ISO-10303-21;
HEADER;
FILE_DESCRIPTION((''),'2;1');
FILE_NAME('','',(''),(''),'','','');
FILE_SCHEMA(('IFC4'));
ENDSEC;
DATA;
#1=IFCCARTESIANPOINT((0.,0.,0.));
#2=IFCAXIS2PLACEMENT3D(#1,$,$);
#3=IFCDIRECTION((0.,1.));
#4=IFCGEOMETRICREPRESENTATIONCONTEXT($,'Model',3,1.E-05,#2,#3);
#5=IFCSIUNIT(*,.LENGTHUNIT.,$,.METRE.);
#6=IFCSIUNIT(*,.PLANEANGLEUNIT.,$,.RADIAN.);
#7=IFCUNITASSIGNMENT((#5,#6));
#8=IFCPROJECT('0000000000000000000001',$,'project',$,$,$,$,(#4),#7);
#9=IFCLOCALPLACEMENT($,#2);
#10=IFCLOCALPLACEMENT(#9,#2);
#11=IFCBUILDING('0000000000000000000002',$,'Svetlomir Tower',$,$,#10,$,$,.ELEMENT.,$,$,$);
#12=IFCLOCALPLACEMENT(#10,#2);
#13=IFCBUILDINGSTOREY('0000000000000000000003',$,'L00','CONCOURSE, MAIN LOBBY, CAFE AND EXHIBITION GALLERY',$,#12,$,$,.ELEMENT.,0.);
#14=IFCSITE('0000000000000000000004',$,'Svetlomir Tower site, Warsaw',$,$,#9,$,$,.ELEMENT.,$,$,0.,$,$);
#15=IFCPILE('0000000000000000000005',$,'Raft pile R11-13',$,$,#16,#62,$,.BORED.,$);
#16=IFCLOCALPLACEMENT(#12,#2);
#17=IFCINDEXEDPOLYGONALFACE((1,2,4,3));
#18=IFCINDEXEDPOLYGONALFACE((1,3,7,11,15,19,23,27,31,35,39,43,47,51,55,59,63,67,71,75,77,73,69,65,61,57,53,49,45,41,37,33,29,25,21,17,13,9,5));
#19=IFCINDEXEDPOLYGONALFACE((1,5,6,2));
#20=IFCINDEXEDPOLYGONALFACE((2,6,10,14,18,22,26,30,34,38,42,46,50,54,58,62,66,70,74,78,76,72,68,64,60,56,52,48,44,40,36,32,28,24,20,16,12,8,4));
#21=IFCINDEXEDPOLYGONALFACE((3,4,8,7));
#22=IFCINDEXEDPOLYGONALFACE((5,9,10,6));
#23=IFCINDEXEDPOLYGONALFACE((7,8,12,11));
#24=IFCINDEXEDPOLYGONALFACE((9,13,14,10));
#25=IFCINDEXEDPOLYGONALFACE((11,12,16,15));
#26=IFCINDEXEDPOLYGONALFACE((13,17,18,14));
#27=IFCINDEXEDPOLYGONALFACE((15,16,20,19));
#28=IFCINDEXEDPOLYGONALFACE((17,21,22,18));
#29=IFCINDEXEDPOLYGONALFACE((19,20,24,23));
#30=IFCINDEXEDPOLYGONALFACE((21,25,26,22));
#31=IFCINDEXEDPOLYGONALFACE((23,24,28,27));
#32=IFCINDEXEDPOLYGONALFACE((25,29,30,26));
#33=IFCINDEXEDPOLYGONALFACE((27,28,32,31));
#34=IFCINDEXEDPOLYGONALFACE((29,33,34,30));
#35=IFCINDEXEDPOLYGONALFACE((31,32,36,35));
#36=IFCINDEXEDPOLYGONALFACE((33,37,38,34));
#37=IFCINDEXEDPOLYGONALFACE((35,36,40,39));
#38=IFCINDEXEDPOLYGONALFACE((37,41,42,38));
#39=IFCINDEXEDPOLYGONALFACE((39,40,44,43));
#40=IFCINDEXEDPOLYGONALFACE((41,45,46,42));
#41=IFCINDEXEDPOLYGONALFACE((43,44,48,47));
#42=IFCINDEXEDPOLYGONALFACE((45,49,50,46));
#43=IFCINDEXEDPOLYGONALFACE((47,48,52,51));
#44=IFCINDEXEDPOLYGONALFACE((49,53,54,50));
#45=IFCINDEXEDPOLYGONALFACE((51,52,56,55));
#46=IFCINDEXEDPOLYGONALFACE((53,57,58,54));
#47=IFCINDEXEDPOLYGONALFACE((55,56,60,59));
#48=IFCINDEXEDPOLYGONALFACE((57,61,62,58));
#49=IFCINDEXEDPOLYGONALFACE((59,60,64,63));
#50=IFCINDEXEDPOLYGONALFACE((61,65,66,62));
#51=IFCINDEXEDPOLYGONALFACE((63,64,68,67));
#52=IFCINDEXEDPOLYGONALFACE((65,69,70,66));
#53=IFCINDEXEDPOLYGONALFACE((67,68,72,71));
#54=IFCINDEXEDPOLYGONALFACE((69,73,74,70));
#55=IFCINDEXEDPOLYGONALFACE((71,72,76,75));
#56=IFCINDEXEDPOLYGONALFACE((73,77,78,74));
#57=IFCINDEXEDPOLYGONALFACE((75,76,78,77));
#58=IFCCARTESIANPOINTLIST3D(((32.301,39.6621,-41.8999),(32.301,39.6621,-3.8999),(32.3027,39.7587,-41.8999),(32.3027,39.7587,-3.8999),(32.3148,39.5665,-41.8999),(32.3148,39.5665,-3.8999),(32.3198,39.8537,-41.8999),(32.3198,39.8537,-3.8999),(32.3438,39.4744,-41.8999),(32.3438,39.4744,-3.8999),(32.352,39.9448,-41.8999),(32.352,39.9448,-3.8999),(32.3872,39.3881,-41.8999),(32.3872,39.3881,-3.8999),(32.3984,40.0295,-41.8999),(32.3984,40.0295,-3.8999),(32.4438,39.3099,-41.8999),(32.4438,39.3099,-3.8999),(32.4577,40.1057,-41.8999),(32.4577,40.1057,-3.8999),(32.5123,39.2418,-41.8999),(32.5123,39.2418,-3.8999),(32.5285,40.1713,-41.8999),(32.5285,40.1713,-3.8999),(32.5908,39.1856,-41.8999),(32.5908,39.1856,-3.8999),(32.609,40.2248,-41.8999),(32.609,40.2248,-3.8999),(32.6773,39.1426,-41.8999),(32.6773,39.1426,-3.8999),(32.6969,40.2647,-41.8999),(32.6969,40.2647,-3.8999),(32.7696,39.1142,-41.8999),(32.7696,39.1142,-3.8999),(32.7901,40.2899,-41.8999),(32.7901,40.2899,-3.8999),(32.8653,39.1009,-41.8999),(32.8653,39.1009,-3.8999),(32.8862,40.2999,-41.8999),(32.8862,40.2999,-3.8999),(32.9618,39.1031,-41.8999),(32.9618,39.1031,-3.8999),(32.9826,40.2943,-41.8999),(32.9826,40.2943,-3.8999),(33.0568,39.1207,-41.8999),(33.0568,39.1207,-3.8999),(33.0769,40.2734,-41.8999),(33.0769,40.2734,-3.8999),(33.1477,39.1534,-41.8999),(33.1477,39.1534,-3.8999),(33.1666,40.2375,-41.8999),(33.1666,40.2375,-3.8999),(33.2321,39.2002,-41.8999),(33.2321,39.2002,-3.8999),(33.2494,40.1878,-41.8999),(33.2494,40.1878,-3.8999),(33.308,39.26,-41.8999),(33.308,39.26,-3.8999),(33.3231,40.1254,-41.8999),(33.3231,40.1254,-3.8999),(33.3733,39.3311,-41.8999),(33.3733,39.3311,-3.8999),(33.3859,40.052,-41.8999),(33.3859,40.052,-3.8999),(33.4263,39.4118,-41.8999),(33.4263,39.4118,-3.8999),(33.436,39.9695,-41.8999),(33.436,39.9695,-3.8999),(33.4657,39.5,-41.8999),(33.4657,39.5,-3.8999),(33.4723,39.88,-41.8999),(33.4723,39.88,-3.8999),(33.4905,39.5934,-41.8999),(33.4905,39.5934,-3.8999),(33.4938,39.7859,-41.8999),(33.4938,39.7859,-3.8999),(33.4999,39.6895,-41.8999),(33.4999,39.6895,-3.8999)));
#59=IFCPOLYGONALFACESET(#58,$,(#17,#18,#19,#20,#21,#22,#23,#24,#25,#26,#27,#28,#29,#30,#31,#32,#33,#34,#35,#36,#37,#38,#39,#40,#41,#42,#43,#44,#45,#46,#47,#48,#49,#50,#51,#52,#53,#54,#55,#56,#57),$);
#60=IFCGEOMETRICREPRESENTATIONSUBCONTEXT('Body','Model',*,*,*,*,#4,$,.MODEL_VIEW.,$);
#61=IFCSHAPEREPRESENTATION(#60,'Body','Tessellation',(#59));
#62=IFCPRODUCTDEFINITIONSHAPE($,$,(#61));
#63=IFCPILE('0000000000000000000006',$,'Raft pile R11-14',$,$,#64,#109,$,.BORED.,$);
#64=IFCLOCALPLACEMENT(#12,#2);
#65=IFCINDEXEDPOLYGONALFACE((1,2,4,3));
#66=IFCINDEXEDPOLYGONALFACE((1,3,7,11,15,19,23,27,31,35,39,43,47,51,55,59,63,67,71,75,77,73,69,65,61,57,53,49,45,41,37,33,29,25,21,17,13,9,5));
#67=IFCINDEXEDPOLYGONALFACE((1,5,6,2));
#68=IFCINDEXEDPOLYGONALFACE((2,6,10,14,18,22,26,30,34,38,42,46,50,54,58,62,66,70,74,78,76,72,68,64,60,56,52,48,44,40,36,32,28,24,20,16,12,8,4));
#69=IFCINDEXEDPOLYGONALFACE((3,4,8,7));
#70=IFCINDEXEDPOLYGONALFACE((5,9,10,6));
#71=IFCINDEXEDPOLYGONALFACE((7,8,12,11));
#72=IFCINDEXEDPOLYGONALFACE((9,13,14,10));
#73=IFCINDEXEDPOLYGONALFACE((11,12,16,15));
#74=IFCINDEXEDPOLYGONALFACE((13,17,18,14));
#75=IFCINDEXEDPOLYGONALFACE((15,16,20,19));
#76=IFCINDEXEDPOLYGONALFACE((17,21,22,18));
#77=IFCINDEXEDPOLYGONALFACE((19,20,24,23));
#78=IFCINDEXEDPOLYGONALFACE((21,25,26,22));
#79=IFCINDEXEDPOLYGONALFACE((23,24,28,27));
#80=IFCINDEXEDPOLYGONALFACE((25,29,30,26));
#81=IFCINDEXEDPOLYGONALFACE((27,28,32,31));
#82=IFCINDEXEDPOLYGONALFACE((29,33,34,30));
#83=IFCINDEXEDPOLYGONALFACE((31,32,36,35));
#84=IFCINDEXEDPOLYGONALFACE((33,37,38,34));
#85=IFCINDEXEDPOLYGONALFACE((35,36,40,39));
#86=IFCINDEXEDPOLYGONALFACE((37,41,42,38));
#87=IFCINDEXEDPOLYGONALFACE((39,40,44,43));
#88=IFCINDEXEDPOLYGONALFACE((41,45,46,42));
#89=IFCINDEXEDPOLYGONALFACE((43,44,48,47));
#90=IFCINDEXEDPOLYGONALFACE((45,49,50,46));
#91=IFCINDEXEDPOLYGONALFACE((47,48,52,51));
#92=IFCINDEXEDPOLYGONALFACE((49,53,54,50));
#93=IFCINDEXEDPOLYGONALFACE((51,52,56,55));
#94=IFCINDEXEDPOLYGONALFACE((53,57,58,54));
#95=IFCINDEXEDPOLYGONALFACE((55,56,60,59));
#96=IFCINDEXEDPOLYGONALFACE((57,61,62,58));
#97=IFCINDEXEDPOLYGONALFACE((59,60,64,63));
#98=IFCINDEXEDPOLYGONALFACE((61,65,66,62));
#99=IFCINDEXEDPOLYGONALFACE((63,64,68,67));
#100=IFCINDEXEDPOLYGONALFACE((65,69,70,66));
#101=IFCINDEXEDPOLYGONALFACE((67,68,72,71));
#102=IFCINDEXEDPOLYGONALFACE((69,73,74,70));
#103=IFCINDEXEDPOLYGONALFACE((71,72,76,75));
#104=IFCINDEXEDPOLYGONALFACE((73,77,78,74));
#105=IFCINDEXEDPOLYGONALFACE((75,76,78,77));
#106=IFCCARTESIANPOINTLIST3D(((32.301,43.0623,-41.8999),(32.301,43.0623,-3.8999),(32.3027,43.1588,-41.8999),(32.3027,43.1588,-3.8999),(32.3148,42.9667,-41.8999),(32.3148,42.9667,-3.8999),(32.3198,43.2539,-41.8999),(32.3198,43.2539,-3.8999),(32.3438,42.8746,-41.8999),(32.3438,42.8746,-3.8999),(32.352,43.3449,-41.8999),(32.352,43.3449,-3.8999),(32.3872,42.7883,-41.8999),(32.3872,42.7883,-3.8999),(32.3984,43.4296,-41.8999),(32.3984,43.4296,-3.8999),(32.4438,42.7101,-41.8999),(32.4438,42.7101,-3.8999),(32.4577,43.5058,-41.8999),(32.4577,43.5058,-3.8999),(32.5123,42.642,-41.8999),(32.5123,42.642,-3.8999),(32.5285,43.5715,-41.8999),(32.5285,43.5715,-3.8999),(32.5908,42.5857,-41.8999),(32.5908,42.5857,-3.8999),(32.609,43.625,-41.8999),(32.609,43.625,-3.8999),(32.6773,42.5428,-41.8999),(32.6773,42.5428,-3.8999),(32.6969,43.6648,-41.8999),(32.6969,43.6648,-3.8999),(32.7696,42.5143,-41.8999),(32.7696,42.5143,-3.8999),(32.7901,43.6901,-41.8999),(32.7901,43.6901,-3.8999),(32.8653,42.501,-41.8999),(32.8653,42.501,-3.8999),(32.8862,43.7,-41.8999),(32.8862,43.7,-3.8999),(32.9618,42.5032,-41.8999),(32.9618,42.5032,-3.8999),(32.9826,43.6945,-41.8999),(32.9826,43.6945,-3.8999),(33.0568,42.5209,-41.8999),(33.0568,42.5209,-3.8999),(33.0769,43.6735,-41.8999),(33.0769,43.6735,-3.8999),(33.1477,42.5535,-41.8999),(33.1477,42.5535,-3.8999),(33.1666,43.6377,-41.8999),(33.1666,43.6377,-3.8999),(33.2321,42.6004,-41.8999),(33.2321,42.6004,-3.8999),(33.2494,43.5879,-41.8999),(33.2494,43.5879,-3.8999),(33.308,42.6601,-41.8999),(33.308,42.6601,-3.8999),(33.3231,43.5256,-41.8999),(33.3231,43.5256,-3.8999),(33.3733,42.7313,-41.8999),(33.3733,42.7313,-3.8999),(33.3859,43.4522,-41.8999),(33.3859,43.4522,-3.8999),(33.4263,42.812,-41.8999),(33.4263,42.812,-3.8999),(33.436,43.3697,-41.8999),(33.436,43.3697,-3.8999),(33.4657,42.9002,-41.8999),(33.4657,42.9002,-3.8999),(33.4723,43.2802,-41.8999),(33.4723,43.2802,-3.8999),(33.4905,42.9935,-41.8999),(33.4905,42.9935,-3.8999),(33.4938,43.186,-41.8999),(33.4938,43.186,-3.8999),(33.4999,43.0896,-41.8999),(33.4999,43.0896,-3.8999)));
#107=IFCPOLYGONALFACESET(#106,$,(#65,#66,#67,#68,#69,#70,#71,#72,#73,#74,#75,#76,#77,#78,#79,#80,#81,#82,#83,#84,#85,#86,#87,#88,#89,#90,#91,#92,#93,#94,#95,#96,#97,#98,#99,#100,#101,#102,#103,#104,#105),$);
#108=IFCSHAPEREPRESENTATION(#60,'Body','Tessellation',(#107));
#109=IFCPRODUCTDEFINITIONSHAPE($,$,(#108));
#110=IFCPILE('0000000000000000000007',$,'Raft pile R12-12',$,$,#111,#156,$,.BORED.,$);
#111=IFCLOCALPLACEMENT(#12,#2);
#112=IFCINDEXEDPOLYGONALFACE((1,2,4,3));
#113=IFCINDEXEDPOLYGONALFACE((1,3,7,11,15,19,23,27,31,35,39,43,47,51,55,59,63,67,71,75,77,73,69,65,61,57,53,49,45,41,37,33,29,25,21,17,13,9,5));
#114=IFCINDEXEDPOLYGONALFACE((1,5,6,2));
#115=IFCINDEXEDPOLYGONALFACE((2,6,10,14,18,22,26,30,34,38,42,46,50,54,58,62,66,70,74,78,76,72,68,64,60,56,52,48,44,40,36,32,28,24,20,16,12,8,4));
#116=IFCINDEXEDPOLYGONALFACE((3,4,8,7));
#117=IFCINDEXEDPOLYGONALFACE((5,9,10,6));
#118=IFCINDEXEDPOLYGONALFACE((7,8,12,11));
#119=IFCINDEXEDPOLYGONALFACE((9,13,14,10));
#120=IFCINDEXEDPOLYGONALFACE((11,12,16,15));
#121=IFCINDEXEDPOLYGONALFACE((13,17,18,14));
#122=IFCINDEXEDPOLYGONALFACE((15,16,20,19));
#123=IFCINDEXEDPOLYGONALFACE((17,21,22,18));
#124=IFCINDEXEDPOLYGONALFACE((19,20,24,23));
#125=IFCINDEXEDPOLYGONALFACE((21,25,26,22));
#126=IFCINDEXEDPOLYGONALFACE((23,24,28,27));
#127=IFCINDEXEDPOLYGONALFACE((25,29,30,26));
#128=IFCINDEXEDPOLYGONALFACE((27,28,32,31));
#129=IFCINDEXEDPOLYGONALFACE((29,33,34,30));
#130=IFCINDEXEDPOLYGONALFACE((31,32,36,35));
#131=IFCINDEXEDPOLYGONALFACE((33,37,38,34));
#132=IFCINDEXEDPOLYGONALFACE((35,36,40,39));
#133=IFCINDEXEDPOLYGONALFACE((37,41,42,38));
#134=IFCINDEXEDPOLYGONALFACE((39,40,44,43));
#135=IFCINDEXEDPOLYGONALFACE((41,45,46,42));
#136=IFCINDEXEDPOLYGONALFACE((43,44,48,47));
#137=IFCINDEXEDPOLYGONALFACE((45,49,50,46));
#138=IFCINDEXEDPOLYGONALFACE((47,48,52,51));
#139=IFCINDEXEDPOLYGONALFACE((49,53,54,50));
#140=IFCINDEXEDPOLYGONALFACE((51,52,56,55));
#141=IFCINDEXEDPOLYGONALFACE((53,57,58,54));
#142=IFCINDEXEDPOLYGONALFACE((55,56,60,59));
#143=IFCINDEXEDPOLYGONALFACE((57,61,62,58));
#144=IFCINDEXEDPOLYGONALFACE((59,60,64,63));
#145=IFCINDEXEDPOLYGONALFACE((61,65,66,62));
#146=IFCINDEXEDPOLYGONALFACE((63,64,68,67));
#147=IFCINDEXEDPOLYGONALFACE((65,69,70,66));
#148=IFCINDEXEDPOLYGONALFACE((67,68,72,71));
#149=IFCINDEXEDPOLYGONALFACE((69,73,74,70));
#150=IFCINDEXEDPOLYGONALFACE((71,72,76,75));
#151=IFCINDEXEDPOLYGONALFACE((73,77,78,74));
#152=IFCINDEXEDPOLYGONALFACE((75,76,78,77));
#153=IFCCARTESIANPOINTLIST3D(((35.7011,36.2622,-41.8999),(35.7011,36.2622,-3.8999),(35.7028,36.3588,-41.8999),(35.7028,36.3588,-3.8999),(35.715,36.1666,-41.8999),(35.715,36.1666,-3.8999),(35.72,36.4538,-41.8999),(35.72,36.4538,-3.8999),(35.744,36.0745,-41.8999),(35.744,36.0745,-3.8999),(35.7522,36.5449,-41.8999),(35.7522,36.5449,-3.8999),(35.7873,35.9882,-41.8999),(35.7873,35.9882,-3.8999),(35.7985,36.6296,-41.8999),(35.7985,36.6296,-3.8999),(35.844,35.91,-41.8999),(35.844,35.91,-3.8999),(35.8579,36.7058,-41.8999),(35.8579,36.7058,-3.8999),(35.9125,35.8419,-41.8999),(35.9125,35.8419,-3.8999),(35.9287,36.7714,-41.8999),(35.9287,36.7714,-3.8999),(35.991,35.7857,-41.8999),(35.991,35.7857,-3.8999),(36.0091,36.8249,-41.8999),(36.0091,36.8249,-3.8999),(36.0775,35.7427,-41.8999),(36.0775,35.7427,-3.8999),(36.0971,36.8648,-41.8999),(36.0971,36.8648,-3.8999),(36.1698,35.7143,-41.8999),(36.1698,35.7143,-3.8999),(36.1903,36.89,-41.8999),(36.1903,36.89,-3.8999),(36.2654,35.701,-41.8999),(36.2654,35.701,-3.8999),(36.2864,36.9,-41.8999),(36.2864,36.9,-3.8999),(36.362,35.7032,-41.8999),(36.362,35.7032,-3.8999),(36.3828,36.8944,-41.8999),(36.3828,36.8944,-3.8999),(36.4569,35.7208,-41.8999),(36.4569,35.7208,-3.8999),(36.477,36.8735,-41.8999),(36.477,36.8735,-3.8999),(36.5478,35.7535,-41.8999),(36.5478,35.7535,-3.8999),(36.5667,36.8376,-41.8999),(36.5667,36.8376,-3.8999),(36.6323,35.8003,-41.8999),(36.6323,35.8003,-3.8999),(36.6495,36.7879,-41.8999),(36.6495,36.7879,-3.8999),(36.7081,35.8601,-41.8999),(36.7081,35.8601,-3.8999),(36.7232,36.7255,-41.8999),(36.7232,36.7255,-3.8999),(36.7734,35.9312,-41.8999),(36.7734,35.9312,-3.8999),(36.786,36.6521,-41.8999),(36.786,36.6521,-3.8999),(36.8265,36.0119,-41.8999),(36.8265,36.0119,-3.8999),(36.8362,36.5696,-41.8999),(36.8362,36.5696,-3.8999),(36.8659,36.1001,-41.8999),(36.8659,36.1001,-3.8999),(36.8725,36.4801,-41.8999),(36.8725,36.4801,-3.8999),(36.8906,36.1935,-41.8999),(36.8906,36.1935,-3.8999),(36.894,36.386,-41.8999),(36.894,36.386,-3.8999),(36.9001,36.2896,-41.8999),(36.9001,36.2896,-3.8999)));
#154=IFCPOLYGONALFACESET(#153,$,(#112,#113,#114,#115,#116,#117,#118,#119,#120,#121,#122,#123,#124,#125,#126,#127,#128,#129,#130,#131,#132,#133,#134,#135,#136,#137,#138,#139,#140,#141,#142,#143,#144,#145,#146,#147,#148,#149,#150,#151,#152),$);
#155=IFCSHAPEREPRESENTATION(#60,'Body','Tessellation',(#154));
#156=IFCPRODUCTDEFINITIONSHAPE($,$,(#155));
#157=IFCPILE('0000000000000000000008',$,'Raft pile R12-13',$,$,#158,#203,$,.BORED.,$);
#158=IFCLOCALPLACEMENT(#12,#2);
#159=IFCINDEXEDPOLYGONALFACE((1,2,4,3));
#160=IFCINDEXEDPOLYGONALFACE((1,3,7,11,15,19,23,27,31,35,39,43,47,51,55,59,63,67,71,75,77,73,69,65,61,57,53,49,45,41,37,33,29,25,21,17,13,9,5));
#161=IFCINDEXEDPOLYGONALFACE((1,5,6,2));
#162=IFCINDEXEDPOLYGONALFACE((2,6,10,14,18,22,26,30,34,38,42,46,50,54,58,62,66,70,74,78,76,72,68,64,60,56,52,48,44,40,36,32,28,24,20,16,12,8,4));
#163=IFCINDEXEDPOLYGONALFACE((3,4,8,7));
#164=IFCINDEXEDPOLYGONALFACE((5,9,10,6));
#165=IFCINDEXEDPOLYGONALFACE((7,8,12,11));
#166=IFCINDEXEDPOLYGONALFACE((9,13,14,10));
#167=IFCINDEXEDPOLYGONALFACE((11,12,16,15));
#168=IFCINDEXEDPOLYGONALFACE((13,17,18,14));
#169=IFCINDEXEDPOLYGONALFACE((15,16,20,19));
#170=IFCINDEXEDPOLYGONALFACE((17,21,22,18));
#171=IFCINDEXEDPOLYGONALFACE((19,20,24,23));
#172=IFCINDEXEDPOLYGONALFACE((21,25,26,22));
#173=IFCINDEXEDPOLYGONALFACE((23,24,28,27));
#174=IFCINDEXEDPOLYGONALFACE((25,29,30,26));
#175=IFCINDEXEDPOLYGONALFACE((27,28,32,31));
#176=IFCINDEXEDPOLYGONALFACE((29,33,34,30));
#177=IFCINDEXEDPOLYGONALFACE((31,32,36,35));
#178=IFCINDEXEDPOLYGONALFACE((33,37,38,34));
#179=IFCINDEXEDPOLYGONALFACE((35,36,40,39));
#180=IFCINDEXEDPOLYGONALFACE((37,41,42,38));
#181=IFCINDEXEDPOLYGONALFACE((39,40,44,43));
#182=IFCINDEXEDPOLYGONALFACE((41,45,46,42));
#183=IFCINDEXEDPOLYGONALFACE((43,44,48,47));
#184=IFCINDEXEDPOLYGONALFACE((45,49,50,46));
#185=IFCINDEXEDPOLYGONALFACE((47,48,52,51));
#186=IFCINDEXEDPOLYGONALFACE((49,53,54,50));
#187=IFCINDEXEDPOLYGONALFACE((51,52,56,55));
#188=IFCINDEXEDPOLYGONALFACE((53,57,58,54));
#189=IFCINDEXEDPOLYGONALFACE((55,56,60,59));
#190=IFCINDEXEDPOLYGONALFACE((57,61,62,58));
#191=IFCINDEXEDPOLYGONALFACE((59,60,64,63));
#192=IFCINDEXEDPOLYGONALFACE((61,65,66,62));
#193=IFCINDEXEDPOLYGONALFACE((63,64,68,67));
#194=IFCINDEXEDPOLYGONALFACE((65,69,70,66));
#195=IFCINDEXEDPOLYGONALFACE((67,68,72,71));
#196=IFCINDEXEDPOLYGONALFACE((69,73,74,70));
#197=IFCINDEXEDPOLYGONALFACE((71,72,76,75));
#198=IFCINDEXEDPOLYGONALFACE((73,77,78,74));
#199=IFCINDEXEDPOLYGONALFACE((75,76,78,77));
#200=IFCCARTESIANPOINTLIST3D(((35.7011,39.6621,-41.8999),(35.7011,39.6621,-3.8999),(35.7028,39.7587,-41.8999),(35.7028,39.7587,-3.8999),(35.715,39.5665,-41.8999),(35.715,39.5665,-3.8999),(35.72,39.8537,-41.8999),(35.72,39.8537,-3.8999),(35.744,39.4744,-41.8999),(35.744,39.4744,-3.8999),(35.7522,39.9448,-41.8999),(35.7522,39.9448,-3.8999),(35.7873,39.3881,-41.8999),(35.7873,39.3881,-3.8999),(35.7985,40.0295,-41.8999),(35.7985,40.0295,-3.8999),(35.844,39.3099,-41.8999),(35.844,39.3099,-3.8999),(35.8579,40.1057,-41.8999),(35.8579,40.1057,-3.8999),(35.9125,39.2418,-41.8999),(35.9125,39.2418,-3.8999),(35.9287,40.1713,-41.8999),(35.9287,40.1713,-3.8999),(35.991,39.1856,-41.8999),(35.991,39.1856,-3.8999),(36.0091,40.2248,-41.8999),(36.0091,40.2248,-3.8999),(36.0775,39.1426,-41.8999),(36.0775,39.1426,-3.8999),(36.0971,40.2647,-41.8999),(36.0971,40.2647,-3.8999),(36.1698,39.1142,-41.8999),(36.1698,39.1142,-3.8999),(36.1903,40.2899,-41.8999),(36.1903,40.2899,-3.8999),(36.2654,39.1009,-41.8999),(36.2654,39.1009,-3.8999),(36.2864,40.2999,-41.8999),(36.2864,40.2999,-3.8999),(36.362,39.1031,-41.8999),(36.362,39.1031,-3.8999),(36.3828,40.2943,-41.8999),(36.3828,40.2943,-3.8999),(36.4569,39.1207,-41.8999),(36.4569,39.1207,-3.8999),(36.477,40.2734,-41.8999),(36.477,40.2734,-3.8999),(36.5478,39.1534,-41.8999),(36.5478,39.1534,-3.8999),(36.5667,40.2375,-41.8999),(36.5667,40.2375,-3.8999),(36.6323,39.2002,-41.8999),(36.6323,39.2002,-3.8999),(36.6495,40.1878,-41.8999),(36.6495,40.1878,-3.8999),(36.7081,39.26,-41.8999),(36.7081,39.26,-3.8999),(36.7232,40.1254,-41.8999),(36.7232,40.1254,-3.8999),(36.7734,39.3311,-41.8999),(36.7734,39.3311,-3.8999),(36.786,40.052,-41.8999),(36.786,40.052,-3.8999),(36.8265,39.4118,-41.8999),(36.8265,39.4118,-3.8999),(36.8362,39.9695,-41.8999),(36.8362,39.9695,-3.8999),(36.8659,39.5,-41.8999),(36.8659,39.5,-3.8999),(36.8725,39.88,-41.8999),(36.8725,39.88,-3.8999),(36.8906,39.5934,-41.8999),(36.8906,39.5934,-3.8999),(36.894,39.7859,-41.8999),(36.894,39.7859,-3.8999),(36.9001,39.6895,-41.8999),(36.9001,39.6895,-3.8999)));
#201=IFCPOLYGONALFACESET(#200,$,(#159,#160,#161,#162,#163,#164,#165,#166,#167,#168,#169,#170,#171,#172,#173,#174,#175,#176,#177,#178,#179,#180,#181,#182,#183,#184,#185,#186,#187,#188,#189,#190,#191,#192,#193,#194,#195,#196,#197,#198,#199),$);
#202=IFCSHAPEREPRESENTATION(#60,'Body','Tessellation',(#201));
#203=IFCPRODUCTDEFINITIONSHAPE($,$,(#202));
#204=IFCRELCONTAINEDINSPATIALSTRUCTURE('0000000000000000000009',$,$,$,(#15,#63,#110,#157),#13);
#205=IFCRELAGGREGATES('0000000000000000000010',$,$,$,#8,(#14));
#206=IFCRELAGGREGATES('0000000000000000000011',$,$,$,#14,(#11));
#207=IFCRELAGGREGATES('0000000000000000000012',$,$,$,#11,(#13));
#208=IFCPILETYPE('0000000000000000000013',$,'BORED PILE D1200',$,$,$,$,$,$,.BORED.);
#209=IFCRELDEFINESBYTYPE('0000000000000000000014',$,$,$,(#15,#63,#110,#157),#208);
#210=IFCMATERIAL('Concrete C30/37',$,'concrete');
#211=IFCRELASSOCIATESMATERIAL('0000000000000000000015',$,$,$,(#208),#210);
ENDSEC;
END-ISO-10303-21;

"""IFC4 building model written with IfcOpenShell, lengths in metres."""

from ifc_helpers import new_model, si_unit, direction, frame, frame_2d, origin, origin_2d, place, context, subcontext, project, spatial, circle, extrude, material, material_profile, profile_set, type_object, element, save


model = new_model("IFC4")

# Units and contexts
model_context = context("Model", 3, precision=1e-05, world=origin(), true_north=direction((0.0, 1.0)))
body_context = subcontext(model_context, "Body", "Model", "MODEL_VIEW")
ifc_project = project(units=[si_unit("LENGTHUNIT", "METRE"), si_unit("PLANEANGLEUNIT", "RADIAN")], contexts=[model_context])

# Site, building, storey
site_placement = place(None, origin())
site = spatial("IfcSite", under=ifc_project, at=site_placement, Name="Svetlomir Tower site, Warsaw", CompositionType="ELEMENT", RefElevation=0.0)
building_placement = place(site_placement, origin())
building = spatial("IfcBuilding", under=site, at=building_placement, Name="Svetlomir Tower", CompositionType="ELEMENT")
storey_placement = place(building_placement, origin())
storey = spatial("IfcBuildingStorey", under=building, at=storey_placement, Name="L00", Description="CONCOURSE, MAIN LOBBY, CAFE AND EXHIBITION GALLERY", CompositionType="ELEMENT", Elevation=0.0)

# Piles
ifc_material_1 = material(Name="Concrete C30/37", Category="concrete")
ifc_material_profile_1 = material_profile(ifc_material_1, circle(Radius=0.6001, at=origin_2d()), Name="D1200")
ifc_profile_set_1 = profile_set([ifc_material_profile_1], Name="Concrete C30/37")
pile_type = type_object("IfcPileType", Name="BORED PILE D1200", PredefinedType="BORED", material=ifc_profile_set_1)
for number, where, z_axis, x_axis, name in (
    (1, (32.8999, 39.7, -3.8999), (0.0, 0.0, -1.0), (1.0, 0.0, 0.0), "Raft pile R11-13"),
    (2, (32.8999, 43.1001, -3.8999), (0.0, 0.0, -1.0), (1.0, 0.0, 0.0), "Raft pile R11-14"),
    (3, (36.3, 36.3, -3.8999), (0.0, 0.0, -1.0), (1.0, 0.0, 0.0), "Raft pile R12-12"),
    (4, (36.3, 39.7, -3.8999), (0.0, 0.0, -1.0), (1.0, 0.0, 0.0), "Raft pile R12-13"),
):
    element("IfcPile", number, at=place(storey_placement, frame(where, z_axis=z_axis, x_axis=x_axis)), inside=storey, type_object=pile_type, Name=name, PredefinedType="BORED", context=body_context, shape_type="SweptSolid", body=[
        extrude(circle(Radius=0.6001, at=frame_2d((0.0, 0.0), x_axis=(0.999848, 0.017452))), origin(), (0.0, 0.0, 1.0), 38.0),
    ])

save(model, "model.ifc")
